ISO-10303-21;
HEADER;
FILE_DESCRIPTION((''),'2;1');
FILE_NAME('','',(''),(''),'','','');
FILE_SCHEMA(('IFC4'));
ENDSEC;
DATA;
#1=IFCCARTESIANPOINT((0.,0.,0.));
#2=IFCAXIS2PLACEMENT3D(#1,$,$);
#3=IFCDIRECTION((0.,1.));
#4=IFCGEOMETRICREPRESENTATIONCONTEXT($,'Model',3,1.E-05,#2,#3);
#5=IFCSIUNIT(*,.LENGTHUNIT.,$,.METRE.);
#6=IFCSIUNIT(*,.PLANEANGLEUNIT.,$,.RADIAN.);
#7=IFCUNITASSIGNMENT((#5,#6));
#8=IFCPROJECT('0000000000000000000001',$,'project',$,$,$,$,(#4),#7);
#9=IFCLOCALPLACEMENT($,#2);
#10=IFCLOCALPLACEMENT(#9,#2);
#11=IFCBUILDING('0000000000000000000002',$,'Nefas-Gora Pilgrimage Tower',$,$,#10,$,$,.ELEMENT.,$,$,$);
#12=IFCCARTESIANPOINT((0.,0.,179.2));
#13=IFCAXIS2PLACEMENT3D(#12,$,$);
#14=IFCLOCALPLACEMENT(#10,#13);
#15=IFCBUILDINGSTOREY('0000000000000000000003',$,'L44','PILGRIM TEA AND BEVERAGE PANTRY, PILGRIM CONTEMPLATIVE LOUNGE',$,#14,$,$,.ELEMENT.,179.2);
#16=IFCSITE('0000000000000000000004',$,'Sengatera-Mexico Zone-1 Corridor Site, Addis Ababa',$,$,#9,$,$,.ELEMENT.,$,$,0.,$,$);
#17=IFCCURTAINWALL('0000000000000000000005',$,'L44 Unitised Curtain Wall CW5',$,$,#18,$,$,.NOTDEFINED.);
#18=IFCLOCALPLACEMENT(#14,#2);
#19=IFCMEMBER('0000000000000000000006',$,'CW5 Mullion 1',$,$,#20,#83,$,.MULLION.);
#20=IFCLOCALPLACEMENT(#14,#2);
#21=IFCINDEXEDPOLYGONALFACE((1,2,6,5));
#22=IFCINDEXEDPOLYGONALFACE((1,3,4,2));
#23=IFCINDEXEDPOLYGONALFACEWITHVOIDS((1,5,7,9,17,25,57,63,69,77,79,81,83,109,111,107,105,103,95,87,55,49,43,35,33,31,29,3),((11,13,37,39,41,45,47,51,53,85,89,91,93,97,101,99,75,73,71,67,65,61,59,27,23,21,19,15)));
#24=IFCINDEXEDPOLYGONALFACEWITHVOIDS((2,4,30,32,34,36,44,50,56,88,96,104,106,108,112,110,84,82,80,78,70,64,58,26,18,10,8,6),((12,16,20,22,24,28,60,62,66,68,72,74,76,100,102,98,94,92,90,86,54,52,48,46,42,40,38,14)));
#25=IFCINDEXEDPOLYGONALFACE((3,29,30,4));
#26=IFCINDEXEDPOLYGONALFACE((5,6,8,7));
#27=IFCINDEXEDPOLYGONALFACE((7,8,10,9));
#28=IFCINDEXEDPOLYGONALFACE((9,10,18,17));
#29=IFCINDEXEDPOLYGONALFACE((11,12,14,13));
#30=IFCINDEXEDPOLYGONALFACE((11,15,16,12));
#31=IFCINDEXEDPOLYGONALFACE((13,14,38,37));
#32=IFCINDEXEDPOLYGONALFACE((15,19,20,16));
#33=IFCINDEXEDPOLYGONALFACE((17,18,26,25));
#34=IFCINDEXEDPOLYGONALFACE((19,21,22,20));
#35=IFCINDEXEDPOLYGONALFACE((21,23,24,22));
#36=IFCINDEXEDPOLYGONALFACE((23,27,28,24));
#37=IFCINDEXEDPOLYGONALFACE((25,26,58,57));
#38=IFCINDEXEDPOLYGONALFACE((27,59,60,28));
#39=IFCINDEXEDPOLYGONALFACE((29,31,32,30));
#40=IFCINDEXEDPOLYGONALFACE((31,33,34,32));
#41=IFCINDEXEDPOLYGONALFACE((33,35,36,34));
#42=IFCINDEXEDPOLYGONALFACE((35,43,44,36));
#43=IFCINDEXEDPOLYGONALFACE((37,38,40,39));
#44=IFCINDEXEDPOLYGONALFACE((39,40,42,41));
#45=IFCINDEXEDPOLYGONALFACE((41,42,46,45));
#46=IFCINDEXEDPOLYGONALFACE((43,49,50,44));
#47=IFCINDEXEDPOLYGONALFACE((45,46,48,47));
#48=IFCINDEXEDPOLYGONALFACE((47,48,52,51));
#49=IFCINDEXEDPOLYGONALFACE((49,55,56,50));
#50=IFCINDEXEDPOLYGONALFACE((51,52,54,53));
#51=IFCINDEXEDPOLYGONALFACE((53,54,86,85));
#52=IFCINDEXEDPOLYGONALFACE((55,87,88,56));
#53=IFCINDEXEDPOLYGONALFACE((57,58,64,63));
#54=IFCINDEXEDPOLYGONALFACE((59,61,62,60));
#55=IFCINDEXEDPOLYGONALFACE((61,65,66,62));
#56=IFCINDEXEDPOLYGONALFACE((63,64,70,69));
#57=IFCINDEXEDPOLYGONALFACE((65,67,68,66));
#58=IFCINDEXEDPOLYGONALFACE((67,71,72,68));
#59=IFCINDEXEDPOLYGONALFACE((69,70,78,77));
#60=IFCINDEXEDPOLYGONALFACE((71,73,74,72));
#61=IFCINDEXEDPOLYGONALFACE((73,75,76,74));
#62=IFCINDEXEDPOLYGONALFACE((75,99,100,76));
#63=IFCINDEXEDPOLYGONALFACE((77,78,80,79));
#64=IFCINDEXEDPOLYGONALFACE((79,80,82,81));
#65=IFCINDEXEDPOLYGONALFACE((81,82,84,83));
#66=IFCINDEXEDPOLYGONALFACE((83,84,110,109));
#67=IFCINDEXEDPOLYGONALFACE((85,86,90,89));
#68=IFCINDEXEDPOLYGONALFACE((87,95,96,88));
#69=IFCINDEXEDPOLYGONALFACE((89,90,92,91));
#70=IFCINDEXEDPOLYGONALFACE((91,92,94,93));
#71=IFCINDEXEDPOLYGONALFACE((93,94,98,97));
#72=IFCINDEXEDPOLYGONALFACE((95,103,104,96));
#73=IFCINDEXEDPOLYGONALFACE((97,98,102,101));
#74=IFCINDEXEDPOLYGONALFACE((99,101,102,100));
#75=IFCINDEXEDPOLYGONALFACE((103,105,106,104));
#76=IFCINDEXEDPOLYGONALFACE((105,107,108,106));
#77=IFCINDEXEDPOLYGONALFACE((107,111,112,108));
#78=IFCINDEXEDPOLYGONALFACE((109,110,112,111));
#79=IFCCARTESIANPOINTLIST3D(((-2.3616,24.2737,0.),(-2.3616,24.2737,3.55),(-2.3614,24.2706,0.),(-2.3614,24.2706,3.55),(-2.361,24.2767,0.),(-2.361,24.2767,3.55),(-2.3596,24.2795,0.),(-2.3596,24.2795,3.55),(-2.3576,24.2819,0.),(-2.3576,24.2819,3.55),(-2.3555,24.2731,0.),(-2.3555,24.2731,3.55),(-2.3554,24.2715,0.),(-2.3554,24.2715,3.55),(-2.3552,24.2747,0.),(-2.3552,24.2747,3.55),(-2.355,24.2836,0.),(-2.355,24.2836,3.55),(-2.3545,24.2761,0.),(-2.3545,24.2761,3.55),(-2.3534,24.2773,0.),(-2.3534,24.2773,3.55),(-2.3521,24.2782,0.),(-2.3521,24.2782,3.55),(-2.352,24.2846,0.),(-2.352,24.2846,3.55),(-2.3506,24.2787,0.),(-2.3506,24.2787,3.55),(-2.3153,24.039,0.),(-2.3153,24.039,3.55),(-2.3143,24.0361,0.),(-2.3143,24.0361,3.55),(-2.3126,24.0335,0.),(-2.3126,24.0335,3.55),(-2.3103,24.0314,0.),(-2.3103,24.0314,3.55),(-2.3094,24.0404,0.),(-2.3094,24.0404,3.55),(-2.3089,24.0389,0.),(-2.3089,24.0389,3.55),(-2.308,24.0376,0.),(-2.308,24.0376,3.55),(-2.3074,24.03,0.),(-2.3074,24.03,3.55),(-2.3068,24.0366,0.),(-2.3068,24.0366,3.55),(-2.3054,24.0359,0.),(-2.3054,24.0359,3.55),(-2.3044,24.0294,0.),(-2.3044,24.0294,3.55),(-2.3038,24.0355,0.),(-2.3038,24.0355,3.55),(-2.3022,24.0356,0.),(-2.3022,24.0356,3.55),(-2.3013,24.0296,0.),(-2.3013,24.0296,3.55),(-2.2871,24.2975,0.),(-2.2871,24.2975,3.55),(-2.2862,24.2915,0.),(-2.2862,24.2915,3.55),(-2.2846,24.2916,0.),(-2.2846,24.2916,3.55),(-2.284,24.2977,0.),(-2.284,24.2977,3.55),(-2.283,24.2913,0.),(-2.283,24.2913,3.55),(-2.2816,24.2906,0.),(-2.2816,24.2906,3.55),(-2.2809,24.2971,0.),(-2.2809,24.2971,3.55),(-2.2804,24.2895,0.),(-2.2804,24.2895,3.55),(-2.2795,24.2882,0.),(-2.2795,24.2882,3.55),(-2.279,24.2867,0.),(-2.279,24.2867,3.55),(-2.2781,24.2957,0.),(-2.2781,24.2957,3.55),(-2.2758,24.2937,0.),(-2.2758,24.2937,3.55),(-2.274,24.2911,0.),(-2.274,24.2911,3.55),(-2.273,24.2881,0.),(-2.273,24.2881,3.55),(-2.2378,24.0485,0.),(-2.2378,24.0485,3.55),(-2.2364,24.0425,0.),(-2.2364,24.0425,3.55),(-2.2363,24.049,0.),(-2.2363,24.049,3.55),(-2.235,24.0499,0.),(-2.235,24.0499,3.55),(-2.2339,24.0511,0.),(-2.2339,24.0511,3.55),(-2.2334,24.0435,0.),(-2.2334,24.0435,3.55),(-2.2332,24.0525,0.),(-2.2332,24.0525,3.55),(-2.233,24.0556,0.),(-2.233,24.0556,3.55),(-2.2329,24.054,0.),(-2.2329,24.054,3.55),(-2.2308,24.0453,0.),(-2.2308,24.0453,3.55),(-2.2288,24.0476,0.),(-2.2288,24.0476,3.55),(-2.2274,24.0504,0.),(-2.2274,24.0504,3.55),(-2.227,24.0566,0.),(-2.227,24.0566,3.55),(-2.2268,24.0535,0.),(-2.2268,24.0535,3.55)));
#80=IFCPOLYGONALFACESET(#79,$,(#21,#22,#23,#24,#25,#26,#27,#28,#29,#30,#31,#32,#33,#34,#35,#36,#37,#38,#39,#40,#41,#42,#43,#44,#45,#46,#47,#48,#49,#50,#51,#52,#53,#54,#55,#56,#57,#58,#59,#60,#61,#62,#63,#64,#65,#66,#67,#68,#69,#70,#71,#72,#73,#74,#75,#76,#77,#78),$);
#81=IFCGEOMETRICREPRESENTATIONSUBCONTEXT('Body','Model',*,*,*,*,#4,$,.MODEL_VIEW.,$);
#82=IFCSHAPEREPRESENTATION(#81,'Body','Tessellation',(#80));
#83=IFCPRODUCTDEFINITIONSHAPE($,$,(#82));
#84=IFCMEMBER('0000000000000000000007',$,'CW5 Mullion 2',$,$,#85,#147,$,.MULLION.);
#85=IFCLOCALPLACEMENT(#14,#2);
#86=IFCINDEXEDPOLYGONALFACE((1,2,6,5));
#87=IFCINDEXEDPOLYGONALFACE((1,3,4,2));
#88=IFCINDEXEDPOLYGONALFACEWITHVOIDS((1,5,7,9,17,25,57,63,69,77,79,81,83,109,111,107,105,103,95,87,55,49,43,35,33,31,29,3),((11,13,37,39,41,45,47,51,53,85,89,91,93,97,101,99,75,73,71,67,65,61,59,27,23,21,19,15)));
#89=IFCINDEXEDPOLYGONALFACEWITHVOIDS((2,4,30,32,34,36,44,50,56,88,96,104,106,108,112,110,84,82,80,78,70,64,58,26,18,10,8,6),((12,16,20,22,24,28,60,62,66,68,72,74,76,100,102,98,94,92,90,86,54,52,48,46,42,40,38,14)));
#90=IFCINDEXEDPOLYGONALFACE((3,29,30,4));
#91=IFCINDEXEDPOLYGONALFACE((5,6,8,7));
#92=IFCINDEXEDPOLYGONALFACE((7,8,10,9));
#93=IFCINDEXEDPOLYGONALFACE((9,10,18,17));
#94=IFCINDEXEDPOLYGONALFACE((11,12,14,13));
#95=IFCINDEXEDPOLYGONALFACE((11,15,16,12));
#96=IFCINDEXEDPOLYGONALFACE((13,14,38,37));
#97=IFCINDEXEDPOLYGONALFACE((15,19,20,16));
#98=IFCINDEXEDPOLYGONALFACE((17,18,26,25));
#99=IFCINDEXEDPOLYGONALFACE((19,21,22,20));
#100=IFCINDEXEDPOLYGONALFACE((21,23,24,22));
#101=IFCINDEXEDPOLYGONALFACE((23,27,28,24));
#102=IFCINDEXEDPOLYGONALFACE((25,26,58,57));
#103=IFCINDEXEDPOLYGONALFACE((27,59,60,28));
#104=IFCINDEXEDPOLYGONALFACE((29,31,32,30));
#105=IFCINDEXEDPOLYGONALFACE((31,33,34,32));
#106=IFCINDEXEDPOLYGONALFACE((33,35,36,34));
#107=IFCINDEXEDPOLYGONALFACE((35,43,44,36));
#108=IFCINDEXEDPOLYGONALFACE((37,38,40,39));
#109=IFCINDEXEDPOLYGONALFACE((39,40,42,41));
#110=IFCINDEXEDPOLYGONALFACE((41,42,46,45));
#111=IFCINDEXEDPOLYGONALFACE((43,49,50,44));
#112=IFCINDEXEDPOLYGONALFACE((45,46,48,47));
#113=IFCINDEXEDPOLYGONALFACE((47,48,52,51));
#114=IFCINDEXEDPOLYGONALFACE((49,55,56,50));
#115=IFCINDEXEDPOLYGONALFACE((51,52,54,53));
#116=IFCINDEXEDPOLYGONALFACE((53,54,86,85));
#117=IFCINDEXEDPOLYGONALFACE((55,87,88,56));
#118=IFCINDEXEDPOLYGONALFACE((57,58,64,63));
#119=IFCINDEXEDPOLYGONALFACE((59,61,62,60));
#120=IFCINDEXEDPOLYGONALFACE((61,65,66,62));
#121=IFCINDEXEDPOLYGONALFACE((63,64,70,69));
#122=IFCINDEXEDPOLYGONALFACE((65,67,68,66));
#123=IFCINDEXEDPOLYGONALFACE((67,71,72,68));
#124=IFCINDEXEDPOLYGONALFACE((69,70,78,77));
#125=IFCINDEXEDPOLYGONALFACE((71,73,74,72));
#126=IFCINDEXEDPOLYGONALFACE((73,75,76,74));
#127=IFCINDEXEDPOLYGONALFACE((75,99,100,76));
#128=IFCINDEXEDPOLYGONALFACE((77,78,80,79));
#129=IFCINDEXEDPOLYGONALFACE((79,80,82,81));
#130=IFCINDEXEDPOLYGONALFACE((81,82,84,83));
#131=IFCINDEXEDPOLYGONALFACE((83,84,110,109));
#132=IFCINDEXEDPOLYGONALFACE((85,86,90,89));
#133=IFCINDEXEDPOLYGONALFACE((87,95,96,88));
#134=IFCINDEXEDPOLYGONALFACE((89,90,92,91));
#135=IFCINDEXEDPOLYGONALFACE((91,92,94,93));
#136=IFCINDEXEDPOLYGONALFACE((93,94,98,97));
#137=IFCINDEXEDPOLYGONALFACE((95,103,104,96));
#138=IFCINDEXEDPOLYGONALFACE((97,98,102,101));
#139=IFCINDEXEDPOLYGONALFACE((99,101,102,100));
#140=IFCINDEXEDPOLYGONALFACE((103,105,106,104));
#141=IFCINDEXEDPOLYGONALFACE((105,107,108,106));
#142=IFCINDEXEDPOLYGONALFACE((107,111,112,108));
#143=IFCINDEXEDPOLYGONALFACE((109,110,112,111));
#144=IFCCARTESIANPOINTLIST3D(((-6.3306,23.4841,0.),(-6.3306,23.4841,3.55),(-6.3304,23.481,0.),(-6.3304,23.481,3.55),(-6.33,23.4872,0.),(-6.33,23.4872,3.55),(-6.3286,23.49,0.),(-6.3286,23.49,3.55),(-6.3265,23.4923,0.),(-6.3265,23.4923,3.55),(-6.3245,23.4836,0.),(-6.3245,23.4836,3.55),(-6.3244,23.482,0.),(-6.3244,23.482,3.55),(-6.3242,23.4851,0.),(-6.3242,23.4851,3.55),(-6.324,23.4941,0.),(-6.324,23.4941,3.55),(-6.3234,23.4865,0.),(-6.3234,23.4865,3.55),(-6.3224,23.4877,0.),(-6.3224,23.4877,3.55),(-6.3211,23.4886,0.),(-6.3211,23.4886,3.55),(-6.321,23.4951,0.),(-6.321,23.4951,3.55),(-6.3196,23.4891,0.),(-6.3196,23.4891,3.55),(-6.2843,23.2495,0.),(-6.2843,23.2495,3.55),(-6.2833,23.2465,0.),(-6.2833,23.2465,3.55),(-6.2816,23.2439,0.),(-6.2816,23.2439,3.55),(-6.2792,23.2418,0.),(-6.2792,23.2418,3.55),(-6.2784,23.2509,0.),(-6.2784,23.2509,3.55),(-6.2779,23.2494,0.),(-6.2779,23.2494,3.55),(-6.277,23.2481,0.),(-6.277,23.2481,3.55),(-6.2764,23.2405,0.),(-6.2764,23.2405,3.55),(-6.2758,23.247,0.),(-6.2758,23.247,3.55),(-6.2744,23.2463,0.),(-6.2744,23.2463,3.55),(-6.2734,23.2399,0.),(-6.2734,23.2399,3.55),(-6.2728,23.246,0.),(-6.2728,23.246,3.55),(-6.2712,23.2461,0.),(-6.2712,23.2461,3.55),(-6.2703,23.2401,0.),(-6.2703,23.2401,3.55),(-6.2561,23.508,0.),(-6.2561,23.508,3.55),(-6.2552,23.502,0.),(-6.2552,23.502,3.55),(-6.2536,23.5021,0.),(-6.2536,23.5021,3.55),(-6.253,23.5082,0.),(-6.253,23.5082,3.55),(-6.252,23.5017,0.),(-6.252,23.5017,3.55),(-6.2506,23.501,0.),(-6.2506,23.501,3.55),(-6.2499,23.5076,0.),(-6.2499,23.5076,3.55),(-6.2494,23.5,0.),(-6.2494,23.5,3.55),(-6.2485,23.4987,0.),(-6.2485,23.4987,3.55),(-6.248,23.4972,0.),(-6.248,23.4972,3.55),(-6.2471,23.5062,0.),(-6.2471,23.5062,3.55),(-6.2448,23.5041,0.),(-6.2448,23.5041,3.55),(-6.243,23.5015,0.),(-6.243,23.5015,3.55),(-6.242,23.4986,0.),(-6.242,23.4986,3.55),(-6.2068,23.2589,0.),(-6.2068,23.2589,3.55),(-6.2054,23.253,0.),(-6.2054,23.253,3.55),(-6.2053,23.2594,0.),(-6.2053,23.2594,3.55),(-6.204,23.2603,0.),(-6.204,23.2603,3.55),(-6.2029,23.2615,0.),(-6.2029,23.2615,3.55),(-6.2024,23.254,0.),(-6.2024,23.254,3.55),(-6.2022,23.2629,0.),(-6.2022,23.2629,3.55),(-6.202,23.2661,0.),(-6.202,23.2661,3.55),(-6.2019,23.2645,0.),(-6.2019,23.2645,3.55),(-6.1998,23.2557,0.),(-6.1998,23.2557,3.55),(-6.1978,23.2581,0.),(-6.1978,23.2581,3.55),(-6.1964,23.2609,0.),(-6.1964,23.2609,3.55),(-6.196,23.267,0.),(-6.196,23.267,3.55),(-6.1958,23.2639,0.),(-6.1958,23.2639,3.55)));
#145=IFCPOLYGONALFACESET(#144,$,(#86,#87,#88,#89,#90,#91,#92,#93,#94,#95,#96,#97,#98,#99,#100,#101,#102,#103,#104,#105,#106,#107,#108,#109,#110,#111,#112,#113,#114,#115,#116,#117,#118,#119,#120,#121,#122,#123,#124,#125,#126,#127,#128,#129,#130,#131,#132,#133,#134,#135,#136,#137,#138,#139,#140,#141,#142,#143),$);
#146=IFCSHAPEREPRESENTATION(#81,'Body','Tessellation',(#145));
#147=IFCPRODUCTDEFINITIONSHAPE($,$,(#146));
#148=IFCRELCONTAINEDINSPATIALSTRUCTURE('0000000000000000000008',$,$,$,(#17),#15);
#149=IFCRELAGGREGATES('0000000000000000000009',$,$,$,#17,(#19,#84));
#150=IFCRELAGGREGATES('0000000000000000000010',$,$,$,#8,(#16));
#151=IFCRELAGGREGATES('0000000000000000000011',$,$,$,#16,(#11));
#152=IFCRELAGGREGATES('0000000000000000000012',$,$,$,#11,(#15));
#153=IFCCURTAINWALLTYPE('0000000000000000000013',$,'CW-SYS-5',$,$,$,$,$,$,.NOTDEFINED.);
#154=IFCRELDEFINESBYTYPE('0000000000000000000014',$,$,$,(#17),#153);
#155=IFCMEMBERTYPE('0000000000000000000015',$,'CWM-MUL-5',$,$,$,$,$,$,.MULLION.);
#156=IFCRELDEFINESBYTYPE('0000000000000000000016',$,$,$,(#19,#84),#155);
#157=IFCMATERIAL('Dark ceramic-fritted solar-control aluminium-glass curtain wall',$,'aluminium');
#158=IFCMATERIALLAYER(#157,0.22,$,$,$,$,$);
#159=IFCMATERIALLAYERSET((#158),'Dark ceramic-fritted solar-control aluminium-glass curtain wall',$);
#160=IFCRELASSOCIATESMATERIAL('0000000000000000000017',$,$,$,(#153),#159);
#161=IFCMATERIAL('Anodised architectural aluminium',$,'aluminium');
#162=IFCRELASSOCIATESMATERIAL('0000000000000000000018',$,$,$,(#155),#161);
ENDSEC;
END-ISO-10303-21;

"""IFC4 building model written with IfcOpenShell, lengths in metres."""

from ifc_helpers import new_model, si_unit, direction, frame, origin, origin_2d, place, context, subcontext, project, spatial, hollow_rectangle, extrude, source, transform, mapped, material, layer, layer_set, material_profile, profile_set, type_object, element, aggregate, save


model = new_model("IFC4")

# Units and contexts
model_context = context("Model", 3, precision=1e-05, world=origin(), true_north=direction((0.0, 1.0)))
body_context = subcontext(model_context, "Body", "Model", "MODEL_VIEW")
ifc_project = project(units=[si_unit("LENGTHUNIT", "METRE"), si_unit("PLANEANGLEUNIT", "RADIAN")], contexts=[model_context])

# Site, building, storey
site_placement = place(None, origin())
site = spatial("IfcSite", under=ifc_project, at=site_placement, Name="Sengatera-Mexico Zone-1 Corridor Site, Addis Ababa", CompositionType="ELEMENT", RefElevation=0.0)
building_placement = place(site_placement, origin())
building = spatial("IfcBuilding", under=site, at=building_placement, Name="Nefas-Gora Pilgrimage Tower", CompositionType="ELEMENT")
storey_placement = place(building_placement, frame((0.0, 0.0, 179.2)))
storey = spatial("IfcBuildingStorey", under=building, at=storey_placement, Name="L44", Description="PILGRIM TEA AND BEVERAGE PANTRY, PILGRIM CONTEMPLATIVE LOUNGE", CompositionType="ELEMENT", Elevation=179.2)

# Curtain wall, members
ifc_material_1 = material(Name="Dark ceramic-fritted solar-control aluminium-glass curtain wall", Category="aluminium")
ifc_layer_1 = layer(ifc_material_1, 0.22)
ifc_layer_set_1 = layer_set([ifc_layer_1], Name="Dark ceramic-fritted solar-control aluminium-glass curtain wall")
curtain_wall_type = type_object("IfcCurtainWallType", Name="CW-SYS-5", PredefinedType="NOTDEFINED", material=ifc_layer_set_1)
curtain_wall_1_placement = place(storey_placement, origin())
curtain_wall_1 = element("IfcCurtainWall", 1, at=curtain_wall_1_placement, inside=storey, type_object=curtain_wall_type, Name="L44 Unitised Curtain Wall CW5", PredefinedType="NOTDEFINED")
ifc_material_2 = material(Name="Anodised architectural aluminium", Category="aluminium")
ifc_material_profile_1 = material_profile(ifc_material_2, hollow_rectangle(XDim=0.0901, YDim=0.26, WallThickness=0.0061, InnerFilletRadius=0.0061, OuterFilletRadius=0.012, at=origin_2d()), Name="ALU MULLION 90x260")
ifc_profile_set_1 = profile_set([ifc_material_profile_1], Name="Anodised architectural aluminium")
member_type_1 = type_object("IfcMemberType", Name="CWM-MUL-5", PredefinedType="MULLION", material=ifc_profile_set_1)
shared_shape_1 = source(origin(), body_context, "Body", "SweptSolid", [
    extrude(hollow_rectangle(XDim=0.0901, YDim=0.26, WallThickness=0.0061, InnerFilletRadius=0.0061, OuterFilletRadius=0.012, at=origin_2d()), origin(), (0.0, 0.0, 1.0), 3.55),
])
member_1_placement = place(storey_placement, frame((-2.2942, 24.1636, 0.0), z_axis=(0.0, 0.0, 1.0), x_axis=(-0.980783, -0.195102, 0.0)))
member_1 = element("IfcMember", 2, at=member_1_placement, type_object=member_type_1, Name="CW5 Mullion 1", PredefinedType="MULLION", context=body_context, shape_type="MappedRepresentation", body=[
    mapped(shared_shape_1, transform((0.0, 0.0, 0.0), x_axis=(1.0, 0.0, 0.0), y_axis=(0.0, 1.0, 0.0), z_axis=(0.0, 0.0, 1.0), scale=1.0)),
])
member_2_placement = place(storey_placement, frame((-6.2632, 23.374, 0.0), z_axis=(0.0, 0.0, 1.0), x_axis=(-0.980783, -0.195102, 0.0)))
member_2 = element("IfcMember", 3, at=member_2_placement, type_object=member_type_1, Name="CW5 Mullion 2", PredefinedType="MULLION", context=body_context, shape_type="MappedRepresentation", body=[
    mapped(shared_shape_1, transform((0.0, 0.0, 0.0), x_axis=(1.0, 0.0, 0.0), y_axis=(0.0, 1.0, 0.0), z_axis=(0.0, 0.0, 1.0), scale=1.0)),
])

aggregate(curtain_wall_1, [member_1, member_2])

save(model, "model.ifc")
